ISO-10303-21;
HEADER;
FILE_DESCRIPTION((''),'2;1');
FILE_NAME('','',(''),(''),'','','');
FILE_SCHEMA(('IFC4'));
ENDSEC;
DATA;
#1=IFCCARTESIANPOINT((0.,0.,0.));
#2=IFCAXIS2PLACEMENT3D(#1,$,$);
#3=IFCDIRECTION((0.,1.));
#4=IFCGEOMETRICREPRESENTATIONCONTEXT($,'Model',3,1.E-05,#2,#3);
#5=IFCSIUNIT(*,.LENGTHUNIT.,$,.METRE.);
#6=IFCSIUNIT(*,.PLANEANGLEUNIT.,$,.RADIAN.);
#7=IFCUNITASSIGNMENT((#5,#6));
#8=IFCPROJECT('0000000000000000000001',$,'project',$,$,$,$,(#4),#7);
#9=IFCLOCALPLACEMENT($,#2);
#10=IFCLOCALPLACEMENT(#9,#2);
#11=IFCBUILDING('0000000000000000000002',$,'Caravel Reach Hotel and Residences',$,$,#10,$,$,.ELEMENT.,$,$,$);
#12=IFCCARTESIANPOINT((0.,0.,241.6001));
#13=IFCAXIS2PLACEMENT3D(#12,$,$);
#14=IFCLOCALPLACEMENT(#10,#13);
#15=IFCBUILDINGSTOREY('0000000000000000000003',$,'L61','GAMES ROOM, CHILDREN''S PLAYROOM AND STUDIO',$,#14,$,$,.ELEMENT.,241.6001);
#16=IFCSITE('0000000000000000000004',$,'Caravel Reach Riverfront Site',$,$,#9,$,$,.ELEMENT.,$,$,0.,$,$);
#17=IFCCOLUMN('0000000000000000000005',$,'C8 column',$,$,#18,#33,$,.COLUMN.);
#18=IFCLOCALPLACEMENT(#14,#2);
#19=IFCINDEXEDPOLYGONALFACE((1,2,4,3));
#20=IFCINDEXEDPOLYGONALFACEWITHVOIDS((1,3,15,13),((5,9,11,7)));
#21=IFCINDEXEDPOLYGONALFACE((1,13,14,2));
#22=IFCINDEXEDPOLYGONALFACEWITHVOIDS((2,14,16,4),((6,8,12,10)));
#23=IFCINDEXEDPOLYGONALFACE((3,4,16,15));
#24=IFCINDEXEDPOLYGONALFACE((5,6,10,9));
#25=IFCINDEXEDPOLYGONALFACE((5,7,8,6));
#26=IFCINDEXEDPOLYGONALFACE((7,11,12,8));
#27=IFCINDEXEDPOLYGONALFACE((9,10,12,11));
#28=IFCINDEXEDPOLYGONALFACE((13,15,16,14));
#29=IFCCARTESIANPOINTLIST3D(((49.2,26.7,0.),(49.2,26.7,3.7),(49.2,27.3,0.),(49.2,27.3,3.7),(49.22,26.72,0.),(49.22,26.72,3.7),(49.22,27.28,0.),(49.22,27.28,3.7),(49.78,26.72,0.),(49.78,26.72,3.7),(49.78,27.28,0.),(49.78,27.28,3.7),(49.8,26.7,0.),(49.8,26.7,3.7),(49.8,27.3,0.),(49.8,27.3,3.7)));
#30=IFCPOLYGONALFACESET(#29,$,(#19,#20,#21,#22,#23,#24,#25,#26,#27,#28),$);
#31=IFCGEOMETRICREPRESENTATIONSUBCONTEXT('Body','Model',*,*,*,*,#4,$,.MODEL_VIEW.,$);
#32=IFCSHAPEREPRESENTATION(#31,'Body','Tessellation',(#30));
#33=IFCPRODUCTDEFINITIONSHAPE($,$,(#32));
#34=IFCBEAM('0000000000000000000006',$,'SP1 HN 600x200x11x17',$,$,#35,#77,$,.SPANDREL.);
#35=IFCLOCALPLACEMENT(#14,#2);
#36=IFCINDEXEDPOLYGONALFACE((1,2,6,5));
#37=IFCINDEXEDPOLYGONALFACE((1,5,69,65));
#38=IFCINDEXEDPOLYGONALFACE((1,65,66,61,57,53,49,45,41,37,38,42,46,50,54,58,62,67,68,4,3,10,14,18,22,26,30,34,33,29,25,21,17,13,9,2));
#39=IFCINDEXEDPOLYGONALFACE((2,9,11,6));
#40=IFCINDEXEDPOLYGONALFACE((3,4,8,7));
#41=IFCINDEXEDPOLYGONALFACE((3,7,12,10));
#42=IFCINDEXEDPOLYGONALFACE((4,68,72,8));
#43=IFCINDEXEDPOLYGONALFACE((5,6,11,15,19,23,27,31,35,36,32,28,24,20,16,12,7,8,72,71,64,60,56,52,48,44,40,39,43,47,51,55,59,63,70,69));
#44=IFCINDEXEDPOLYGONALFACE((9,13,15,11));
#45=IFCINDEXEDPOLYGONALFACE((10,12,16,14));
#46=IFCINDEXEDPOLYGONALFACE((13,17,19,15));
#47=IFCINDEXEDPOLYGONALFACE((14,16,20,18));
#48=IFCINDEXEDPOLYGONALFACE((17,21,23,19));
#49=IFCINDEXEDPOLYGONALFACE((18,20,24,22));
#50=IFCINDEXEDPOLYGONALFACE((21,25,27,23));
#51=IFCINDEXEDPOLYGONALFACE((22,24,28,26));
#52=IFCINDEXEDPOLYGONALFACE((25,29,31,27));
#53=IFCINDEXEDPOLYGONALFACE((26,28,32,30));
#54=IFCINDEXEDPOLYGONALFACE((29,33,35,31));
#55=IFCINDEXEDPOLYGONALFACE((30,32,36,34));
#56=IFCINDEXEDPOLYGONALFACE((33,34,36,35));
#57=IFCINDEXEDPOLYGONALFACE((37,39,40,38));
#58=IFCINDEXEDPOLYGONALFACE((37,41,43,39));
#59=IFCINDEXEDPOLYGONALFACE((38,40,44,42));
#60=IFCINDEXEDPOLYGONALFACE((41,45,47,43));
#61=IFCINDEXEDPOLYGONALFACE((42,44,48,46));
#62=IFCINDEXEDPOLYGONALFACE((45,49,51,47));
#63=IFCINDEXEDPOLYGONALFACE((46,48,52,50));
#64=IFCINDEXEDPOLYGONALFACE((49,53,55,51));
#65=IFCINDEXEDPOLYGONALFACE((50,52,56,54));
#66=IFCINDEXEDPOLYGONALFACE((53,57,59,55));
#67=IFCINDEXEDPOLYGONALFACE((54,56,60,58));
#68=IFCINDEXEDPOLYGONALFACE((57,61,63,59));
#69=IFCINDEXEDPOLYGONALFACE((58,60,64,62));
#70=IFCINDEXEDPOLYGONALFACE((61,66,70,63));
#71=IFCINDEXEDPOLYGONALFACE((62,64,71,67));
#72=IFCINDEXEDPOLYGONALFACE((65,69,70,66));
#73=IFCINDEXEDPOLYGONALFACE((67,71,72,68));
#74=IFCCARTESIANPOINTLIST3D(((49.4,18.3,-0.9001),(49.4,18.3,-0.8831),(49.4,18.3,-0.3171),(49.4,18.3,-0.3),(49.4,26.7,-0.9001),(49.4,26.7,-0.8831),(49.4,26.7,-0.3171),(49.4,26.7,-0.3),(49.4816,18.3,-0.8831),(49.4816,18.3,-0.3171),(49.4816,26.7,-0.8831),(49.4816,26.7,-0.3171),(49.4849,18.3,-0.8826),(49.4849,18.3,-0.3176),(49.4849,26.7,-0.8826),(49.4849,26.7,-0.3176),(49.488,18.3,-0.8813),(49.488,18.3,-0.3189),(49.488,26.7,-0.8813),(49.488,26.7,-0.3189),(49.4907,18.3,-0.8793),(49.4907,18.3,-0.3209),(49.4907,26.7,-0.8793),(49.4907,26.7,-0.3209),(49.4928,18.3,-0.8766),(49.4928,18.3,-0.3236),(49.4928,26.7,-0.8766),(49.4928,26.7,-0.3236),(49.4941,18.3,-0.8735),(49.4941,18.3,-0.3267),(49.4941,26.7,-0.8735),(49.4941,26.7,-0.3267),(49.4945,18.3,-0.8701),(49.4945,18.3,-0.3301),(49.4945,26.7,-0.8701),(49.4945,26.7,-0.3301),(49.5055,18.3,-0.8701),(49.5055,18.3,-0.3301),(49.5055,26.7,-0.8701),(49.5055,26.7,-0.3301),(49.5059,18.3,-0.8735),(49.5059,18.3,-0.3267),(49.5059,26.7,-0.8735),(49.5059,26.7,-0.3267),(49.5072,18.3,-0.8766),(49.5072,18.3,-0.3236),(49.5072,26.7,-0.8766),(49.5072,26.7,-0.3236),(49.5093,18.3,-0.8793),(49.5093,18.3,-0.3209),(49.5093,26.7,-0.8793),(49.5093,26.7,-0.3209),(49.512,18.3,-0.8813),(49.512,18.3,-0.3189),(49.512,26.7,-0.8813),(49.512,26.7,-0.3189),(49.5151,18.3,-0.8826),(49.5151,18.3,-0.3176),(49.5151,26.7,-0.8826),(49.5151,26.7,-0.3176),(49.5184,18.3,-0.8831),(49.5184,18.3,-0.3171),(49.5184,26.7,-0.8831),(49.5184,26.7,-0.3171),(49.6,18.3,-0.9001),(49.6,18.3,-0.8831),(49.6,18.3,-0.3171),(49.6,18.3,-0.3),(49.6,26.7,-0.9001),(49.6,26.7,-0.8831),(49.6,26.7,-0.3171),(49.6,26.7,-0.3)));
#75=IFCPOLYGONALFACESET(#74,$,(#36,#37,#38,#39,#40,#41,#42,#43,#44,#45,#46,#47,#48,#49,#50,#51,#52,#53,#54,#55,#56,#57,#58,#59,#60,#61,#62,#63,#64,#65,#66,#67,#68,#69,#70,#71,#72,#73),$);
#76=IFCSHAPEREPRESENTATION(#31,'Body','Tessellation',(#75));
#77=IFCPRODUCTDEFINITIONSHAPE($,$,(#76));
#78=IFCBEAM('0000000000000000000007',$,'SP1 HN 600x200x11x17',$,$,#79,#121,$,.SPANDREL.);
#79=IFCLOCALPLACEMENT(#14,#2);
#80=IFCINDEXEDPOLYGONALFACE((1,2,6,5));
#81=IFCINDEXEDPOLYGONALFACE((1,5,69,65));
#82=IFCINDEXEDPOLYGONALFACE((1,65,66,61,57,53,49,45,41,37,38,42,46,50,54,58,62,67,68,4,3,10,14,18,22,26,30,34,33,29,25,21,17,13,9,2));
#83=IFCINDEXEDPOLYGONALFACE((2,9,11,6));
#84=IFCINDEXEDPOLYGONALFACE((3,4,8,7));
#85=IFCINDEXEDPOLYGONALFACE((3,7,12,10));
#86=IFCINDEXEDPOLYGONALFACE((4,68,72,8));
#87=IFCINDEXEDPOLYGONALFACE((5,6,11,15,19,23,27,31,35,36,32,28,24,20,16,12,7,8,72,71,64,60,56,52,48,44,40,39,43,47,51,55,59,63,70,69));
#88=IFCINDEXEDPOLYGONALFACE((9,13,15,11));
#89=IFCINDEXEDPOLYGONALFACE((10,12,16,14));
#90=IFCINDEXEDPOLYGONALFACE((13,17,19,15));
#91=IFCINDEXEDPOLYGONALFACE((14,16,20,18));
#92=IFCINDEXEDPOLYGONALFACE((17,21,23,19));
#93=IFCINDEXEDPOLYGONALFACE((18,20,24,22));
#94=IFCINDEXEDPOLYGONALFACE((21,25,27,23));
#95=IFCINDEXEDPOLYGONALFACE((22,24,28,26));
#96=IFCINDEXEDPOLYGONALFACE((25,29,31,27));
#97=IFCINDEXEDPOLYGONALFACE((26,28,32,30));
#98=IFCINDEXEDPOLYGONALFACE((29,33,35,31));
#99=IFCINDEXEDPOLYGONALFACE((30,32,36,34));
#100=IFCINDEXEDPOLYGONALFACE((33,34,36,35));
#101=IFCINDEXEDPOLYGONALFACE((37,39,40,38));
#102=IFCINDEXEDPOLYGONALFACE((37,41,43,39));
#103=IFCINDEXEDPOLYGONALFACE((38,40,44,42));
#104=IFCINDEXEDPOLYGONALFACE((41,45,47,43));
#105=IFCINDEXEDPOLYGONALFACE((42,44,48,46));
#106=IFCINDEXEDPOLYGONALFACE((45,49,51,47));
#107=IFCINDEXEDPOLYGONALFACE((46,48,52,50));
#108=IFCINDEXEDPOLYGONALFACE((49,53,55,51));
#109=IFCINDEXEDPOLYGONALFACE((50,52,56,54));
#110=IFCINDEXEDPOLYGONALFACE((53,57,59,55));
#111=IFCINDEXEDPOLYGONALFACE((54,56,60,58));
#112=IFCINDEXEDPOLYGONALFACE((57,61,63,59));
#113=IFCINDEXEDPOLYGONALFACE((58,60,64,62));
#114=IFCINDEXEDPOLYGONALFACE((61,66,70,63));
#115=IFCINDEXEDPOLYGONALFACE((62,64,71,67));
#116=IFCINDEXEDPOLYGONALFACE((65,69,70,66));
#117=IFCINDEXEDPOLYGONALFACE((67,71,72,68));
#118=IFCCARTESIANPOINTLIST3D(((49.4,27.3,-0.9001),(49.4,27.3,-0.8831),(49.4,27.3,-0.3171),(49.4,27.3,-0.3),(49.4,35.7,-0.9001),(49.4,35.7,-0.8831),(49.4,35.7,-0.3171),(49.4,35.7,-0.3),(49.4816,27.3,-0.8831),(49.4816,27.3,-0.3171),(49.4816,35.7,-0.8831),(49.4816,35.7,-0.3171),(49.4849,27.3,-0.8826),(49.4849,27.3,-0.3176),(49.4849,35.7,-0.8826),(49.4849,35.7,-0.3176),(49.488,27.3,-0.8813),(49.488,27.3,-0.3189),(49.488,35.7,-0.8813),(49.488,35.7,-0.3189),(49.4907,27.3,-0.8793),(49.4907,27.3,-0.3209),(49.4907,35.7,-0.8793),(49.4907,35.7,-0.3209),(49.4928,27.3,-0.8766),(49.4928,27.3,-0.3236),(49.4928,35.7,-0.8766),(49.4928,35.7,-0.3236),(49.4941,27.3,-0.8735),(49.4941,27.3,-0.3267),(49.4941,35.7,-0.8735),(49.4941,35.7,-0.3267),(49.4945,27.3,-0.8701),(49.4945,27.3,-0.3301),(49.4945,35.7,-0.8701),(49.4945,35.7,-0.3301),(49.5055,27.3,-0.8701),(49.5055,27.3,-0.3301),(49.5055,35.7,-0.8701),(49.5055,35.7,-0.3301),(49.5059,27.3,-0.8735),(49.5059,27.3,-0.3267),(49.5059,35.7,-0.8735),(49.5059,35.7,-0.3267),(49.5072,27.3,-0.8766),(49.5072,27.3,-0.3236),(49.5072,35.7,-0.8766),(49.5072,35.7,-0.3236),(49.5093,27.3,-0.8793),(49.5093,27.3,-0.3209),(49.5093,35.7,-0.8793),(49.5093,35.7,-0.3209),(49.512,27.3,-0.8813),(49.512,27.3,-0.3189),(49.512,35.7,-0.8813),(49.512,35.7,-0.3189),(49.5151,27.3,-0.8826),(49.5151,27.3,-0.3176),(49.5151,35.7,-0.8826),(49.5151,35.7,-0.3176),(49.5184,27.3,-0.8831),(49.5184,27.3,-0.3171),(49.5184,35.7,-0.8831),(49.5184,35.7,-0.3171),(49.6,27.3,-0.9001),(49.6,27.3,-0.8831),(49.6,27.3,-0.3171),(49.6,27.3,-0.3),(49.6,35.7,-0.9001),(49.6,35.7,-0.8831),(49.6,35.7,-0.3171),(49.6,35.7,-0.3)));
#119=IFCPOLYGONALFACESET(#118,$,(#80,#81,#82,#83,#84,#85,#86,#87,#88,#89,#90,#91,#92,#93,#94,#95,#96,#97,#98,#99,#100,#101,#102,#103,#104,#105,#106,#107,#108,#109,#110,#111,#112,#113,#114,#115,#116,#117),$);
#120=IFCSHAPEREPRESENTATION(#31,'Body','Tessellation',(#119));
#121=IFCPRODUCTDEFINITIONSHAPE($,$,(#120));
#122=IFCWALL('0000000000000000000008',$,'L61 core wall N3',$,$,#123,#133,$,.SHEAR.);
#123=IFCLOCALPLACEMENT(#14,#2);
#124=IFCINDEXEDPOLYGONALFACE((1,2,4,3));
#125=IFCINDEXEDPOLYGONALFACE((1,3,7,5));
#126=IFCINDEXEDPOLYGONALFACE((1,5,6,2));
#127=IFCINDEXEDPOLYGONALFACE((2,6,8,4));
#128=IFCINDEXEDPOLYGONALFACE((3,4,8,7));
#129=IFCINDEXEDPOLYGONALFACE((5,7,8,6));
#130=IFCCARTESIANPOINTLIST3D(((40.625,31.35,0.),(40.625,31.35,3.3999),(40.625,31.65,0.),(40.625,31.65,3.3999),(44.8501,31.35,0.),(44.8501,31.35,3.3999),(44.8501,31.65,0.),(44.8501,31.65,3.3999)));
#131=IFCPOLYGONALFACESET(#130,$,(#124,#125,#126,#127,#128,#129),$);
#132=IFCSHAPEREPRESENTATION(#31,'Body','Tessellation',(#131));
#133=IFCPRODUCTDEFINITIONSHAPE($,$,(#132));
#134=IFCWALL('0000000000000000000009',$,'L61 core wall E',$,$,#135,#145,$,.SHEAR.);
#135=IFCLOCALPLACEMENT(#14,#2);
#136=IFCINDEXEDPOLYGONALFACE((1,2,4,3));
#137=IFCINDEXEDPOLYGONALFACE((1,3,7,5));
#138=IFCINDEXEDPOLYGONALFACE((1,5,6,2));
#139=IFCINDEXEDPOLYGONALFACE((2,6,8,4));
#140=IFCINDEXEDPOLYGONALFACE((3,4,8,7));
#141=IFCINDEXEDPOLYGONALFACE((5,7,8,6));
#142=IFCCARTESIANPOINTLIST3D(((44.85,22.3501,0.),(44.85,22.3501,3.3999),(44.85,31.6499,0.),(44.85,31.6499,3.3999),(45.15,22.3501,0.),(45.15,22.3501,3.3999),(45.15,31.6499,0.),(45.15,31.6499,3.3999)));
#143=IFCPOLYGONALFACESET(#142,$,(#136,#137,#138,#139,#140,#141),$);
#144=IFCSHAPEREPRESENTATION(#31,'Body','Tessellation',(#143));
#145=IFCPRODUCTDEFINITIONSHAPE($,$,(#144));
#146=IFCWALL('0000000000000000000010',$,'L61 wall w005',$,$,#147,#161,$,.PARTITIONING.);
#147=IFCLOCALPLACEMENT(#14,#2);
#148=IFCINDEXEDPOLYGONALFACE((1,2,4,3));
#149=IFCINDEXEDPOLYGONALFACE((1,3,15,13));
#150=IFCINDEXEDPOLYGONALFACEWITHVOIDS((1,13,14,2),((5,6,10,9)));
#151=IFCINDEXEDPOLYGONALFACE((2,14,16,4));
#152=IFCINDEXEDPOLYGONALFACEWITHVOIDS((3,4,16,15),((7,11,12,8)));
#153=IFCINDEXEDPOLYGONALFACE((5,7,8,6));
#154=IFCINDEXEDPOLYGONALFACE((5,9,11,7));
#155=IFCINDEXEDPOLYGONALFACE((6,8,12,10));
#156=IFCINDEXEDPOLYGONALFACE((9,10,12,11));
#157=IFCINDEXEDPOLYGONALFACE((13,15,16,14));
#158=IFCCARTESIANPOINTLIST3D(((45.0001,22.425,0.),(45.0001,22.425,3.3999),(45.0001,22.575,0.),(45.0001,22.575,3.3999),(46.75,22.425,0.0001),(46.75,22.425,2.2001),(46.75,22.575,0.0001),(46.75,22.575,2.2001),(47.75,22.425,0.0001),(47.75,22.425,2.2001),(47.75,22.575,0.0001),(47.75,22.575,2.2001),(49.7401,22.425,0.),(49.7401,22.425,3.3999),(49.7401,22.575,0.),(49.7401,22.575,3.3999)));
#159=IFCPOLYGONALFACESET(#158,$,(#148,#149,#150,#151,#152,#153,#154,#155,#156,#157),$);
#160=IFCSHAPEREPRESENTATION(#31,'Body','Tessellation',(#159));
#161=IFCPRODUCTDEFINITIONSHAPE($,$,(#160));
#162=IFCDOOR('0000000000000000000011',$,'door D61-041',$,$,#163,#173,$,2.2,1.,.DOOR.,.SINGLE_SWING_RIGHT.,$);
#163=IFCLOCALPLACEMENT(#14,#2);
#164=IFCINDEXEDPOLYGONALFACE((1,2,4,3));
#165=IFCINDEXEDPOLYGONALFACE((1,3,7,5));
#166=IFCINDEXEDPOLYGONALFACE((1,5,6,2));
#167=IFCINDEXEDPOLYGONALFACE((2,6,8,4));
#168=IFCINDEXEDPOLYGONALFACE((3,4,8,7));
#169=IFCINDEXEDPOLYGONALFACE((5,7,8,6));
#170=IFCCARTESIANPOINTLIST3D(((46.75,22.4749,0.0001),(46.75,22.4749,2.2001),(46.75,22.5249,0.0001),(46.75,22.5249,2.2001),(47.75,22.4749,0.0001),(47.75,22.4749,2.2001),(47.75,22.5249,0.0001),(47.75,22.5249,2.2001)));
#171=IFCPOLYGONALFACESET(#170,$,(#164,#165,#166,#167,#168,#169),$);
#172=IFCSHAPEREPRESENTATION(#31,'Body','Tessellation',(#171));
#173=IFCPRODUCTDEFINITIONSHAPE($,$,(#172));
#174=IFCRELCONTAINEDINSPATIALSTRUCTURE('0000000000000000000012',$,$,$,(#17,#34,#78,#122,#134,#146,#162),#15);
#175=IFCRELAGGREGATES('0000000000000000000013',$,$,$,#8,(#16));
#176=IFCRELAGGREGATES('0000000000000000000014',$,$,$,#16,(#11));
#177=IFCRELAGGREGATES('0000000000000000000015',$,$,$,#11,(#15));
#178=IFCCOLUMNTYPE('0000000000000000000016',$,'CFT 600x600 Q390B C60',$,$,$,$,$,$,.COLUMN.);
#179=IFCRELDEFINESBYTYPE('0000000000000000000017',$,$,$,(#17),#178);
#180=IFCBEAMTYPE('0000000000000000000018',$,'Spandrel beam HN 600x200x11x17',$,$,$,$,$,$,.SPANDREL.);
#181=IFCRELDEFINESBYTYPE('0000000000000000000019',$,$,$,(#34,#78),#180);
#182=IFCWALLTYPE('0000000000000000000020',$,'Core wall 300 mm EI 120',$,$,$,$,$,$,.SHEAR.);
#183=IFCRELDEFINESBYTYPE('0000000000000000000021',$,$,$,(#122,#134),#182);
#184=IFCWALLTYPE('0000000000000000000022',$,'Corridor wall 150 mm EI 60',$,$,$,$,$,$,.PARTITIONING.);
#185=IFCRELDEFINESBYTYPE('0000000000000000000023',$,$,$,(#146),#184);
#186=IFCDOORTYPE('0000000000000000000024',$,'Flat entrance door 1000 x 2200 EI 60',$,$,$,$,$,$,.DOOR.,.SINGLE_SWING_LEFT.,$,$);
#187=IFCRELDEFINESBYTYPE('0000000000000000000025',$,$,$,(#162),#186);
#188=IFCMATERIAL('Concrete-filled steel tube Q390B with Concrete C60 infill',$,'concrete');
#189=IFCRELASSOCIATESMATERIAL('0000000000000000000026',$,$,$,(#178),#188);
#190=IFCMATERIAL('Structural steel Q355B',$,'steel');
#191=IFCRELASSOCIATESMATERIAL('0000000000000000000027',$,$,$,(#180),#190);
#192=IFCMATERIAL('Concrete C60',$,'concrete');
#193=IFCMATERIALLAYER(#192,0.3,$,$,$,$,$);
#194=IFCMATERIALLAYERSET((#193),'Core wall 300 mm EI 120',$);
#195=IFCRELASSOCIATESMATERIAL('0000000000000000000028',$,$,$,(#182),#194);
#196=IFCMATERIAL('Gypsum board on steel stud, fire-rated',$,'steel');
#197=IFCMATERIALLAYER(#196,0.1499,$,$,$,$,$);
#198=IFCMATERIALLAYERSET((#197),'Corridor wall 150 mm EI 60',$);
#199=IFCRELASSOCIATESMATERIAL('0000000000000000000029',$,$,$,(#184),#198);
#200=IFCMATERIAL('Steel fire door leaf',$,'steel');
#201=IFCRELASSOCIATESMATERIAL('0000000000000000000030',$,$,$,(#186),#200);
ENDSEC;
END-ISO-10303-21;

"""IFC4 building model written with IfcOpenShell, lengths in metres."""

from ifc_helpers import new_model, si_unit, direction, frame, frame_2d, origin, origin_2d, place, context, subcontext, project, spatial, rectangle, hollow_rectangle, i_section, extrude, material, layer, layer_set, material_profile, profile_set, type_object, element, fill, save


model = new_model("IFC4")

# Units and contexts
model_context = context("Model", 3, precision=1e-05, world=origin(), true_north=direction((0.0, 1.0)))
body_context = subcontext(model_context, "Body", "Model", "MODEL_VIEW")
ifc_project = project(units=[si_unit("LENGTHUNIT", "METRE"), si_unit("PLANEANGLEUNIT", "RADIAN")], contexts=[model_context])

# Site, building, storey
site_placement = place(None, origin())
site = spatial("IfcSite", under=ifc_project, at=site_placement, Name="Caravel Reach Riverfront Site", CompositionType="ELEMENT", RefElevation=0.0)
building_placement = place(site_placement, origin())
building = spatial("IfcBuilding", under=site, at=building_placement, Name="Caravel Reach Hotel and Residences", CompositionType="ELEMENT")
storey_placement = place(building_placement, frame((0.0, 0.0, 241.6001)))
storey = spatial("IfcBuildingStorey", under=building, at=storey_placement, Name="L61", Description="GAMES ROOM, CHILDREN'S PLAYROOM AND STUDIO", CompositionType="ELEMENT", Elevation=241.6001)

# Column
ifc_material_1 = material(Name="Concrete-filled steel tube Q390B with Concrete C60 infill", Category="concrete")
ifc_material_profile_1 = material_profile(ifc_material_1, hollow_rectangle(XDim=0.6001, YDim=0.6001, WallThickness=0.02, at=origin_2d()), Name="RHS 600x600x20")
ifc_profile_set_1 = profile_set([ifc_material_profile_1], Name="Concrete-filled steel tube Q390B with Concrete C60 infill")
column_type = type_object("IfcColumnType", Name="CFT 600x600 Q390B C60", PredefinedType="COLUMN", material=ifc_profile_set_1)
column_placement = place(storey_placement, frame((49.5, 27.0, 0.0), z_axis=(0.0, 0.0, 1.0), x_axis=(1.0, 0.0, 0.0)))
element("IfcColumn", 1, at=column_placement, inside=storey, type_object=column_type, Name="C8 column", PredefinedType="COLUMN", context=body_context, shape_type="SweptSolid", body=[
    extrude(hollow_rectangle(XDim=0.6001, YDim=0.6001, WallThickness=0.02, at=origin_2d()), origin(), (0.0, 0.0, 1.0), 3.7),
])

# Beams
ifc_material_2 = material(Name="Structural steel Q355B", Category="steel")
ifc_material_profile_2 = material_profile(ifc_material_2, i_section(OverallWidth=0.2, OverallDepth=0.6001, WebThickness=0.011, FlangeThickness=0.0171, FilletRadius=0.0129, at=origin_2d()), Name="HN 600x200x11x17")
ifc_profile_set_2 = profile_set([ifc_material_profile_2], Name="Structural steel Q355B")
beam_type = type_object("IfcBeamType", Name="Spandrel beam HN 600x200x11x17", PredefinedType="SPANDREL", material=ifc_profile_set_2)
for number, where, z_axis, x_axis, name in (
    (2, (49.5, 18.3, -0.6001), (0.0, 1.0, 0.0), (-1.0, 0.0, 0.0), "SP1 HN 600x200x11x17"),
    (3, (49.5, 27.3, -0.6001), (0.0, 1.0, 0.0), (-1.0, 0.0, 0.0), "SP1 HN 600x200x11x17"),
):
    element("IfcBeam", number, at=place(storey_placement, frame(where, z_axis=z_axis, x_axis=x_axis)), inside=storey, type_object=beam_type, Name=name, PredefinedType="SPANDREL", context=body_context, shape_type="SweptSolid", body=[
        extrude(i_section(OverallWidth=0.2, OverallDepth=0.6001, WebThickness=0.011, FlangeThickness=0.0171, FilletRadius=0.0129, at=origin_2d()), origin(), (0.0, 0.0, 1.0), 8.3999),
    ])

# Walls
ifc_material_3 = material(Name="Concrete C60", Category="concrete")
ifc_layer_1 = layer(ifc_material_3, 0.3)
ifc_layer_set_1 = layer_set([ifc_layer_1], Name="Core wall 300 mm EI 120")
wall_type_1 = type_object("IfcWallType", Name="Core wall 300 mm EI 120", PredefinedType="SHEAR", material=ifc_layer_set_1)
wall_1_placement = place(storey_placement, frame((40.625, 31.5, 0.0), z_axis=(0.0, 0.0, 1.0), x_axis=(1.0, 0.0, 0.0)))
element("IfcWall", 4, at=wall_1_placement, inside=storey, type_object=wall_type_1, Name="L61 core wall N3", PredefinedType="SHEAR", context=body_context, shape_type="SweptSolid", body=[
    extrude(rectangle(XDim=4.2251, YDim=0.3, at=frame_2d((2.1125, 0.0))), origin(), (0.0, 0.0, 1.0), 3.3999),
])
wall_2_placement = place(storey_placement, frame((45.0, 22.3501, 0.0), z_axis=(0.0, 0.0, 1.0), x_axis=(0.0, 1.0, 0.0)))
element("IfcWall", 5, at=wall_2_placement, inside=storey, type_object=wall_type_1, Name="L61 core wall E", PredefinedType="SHEAR", context=body_context, shape_type="SweptSolid", body=[
    extrude(rectangle(XDim=9.2998, YDim=0.3, at=frame_2d((4.6499, 0.0))), origin(), (0.0, 0.0, 1.0), 3.3999),
])

# Wall, opening, door
ifc_material_4 = material(Name="Gypsum board on steel stud, fire-rated", Category="steel")
ifc_layer_2 = layer(ifc_material_4, 0.1499)
ifc_layer_set_2 = layer_set([ifc_layer_2], Name="Corridor wall 150 mm EI 60")
wall_type_2 = type_object("IfcWallType", Name="Corridor wall 150 mm EI 60", PredefinedType="PARTITIONING", material=ifc_layer_set_2)
wall_3_placement = place(storey_placement, frame((45.0, 22.5, 0.0), z_axis=(0.0, 0.0, 1.0), x_axis=(1.0, 0.0, 0.0)))
wall_3 = element("IfcWall", 6, at=wall_3_placement, inside=storey, type_object=wall_type_2, Name="L61 wall w005", PredefinedType="PARTITIONING", context=body_context, shape_type="SweptSolid", body=[
    extrude(rectangle(XDim=4.74, YDim=0.1499, at=frame_2d((2.3701, 0.0))), origin(), (0.0, 0.0, 1.0), 3.3999),
])
opening_1_placement = place(wall_3_placement, frame((1.75, 0.0, 0.0)))
opening_1 = element("IfcOpeningElement", 7, at=opening_1_placement, cuts=wall_3, PredefinedType="OPENING", context=body_context, shape_type="SweptSolid", body=[
    extrude(rectangle(XDim=1.0, YDim=2.2, at=frame_2d((0.5, 1.1001))), frame((0.0, 0.085, 0.0), z_axis=(0.0, -1.0, 0.0), x_axis=(1.0, 0.0, 0.0)), (0.0, 0.0, 1.0), 0.1699),
])
ifc_material_5 = material(Name="Steel fire door leaf", Category="steel")
door_type = type_object("IfcDoorType", Name="Flat entrance door 1000 x 2200 EI 60", OperationType="SINGLE_SWING_LEFT", PredefinedType="DOOR", material=ifc_material_5)
door_placement = place(opening_1_placement, origin())
door = element("IfcDoor", 8, at=door_placement, inside=storey, type_object=door_type, Name="door D61-041", OperationType="SINGLE_SWING_RIGHT", OverallHeight=2.2, OverallWidth=1.0, PredefinedType="DOOR", context=body_context, shape_type="SweptSolid", body=[
    extrude(rectangle(XDim=1.0, YDim=2.2, at=frame_2d((0.5, 1.1001))), frame((0.0, 0.0249, 0.0), z_axis=(0.0, -1.0, 0.0), x_axis=(1.0, 0.0, 0.0)), (0.0, 0.0, 1.0), 0.05),
])
fill(opening_1, door)

save(model, "model.ifc")
